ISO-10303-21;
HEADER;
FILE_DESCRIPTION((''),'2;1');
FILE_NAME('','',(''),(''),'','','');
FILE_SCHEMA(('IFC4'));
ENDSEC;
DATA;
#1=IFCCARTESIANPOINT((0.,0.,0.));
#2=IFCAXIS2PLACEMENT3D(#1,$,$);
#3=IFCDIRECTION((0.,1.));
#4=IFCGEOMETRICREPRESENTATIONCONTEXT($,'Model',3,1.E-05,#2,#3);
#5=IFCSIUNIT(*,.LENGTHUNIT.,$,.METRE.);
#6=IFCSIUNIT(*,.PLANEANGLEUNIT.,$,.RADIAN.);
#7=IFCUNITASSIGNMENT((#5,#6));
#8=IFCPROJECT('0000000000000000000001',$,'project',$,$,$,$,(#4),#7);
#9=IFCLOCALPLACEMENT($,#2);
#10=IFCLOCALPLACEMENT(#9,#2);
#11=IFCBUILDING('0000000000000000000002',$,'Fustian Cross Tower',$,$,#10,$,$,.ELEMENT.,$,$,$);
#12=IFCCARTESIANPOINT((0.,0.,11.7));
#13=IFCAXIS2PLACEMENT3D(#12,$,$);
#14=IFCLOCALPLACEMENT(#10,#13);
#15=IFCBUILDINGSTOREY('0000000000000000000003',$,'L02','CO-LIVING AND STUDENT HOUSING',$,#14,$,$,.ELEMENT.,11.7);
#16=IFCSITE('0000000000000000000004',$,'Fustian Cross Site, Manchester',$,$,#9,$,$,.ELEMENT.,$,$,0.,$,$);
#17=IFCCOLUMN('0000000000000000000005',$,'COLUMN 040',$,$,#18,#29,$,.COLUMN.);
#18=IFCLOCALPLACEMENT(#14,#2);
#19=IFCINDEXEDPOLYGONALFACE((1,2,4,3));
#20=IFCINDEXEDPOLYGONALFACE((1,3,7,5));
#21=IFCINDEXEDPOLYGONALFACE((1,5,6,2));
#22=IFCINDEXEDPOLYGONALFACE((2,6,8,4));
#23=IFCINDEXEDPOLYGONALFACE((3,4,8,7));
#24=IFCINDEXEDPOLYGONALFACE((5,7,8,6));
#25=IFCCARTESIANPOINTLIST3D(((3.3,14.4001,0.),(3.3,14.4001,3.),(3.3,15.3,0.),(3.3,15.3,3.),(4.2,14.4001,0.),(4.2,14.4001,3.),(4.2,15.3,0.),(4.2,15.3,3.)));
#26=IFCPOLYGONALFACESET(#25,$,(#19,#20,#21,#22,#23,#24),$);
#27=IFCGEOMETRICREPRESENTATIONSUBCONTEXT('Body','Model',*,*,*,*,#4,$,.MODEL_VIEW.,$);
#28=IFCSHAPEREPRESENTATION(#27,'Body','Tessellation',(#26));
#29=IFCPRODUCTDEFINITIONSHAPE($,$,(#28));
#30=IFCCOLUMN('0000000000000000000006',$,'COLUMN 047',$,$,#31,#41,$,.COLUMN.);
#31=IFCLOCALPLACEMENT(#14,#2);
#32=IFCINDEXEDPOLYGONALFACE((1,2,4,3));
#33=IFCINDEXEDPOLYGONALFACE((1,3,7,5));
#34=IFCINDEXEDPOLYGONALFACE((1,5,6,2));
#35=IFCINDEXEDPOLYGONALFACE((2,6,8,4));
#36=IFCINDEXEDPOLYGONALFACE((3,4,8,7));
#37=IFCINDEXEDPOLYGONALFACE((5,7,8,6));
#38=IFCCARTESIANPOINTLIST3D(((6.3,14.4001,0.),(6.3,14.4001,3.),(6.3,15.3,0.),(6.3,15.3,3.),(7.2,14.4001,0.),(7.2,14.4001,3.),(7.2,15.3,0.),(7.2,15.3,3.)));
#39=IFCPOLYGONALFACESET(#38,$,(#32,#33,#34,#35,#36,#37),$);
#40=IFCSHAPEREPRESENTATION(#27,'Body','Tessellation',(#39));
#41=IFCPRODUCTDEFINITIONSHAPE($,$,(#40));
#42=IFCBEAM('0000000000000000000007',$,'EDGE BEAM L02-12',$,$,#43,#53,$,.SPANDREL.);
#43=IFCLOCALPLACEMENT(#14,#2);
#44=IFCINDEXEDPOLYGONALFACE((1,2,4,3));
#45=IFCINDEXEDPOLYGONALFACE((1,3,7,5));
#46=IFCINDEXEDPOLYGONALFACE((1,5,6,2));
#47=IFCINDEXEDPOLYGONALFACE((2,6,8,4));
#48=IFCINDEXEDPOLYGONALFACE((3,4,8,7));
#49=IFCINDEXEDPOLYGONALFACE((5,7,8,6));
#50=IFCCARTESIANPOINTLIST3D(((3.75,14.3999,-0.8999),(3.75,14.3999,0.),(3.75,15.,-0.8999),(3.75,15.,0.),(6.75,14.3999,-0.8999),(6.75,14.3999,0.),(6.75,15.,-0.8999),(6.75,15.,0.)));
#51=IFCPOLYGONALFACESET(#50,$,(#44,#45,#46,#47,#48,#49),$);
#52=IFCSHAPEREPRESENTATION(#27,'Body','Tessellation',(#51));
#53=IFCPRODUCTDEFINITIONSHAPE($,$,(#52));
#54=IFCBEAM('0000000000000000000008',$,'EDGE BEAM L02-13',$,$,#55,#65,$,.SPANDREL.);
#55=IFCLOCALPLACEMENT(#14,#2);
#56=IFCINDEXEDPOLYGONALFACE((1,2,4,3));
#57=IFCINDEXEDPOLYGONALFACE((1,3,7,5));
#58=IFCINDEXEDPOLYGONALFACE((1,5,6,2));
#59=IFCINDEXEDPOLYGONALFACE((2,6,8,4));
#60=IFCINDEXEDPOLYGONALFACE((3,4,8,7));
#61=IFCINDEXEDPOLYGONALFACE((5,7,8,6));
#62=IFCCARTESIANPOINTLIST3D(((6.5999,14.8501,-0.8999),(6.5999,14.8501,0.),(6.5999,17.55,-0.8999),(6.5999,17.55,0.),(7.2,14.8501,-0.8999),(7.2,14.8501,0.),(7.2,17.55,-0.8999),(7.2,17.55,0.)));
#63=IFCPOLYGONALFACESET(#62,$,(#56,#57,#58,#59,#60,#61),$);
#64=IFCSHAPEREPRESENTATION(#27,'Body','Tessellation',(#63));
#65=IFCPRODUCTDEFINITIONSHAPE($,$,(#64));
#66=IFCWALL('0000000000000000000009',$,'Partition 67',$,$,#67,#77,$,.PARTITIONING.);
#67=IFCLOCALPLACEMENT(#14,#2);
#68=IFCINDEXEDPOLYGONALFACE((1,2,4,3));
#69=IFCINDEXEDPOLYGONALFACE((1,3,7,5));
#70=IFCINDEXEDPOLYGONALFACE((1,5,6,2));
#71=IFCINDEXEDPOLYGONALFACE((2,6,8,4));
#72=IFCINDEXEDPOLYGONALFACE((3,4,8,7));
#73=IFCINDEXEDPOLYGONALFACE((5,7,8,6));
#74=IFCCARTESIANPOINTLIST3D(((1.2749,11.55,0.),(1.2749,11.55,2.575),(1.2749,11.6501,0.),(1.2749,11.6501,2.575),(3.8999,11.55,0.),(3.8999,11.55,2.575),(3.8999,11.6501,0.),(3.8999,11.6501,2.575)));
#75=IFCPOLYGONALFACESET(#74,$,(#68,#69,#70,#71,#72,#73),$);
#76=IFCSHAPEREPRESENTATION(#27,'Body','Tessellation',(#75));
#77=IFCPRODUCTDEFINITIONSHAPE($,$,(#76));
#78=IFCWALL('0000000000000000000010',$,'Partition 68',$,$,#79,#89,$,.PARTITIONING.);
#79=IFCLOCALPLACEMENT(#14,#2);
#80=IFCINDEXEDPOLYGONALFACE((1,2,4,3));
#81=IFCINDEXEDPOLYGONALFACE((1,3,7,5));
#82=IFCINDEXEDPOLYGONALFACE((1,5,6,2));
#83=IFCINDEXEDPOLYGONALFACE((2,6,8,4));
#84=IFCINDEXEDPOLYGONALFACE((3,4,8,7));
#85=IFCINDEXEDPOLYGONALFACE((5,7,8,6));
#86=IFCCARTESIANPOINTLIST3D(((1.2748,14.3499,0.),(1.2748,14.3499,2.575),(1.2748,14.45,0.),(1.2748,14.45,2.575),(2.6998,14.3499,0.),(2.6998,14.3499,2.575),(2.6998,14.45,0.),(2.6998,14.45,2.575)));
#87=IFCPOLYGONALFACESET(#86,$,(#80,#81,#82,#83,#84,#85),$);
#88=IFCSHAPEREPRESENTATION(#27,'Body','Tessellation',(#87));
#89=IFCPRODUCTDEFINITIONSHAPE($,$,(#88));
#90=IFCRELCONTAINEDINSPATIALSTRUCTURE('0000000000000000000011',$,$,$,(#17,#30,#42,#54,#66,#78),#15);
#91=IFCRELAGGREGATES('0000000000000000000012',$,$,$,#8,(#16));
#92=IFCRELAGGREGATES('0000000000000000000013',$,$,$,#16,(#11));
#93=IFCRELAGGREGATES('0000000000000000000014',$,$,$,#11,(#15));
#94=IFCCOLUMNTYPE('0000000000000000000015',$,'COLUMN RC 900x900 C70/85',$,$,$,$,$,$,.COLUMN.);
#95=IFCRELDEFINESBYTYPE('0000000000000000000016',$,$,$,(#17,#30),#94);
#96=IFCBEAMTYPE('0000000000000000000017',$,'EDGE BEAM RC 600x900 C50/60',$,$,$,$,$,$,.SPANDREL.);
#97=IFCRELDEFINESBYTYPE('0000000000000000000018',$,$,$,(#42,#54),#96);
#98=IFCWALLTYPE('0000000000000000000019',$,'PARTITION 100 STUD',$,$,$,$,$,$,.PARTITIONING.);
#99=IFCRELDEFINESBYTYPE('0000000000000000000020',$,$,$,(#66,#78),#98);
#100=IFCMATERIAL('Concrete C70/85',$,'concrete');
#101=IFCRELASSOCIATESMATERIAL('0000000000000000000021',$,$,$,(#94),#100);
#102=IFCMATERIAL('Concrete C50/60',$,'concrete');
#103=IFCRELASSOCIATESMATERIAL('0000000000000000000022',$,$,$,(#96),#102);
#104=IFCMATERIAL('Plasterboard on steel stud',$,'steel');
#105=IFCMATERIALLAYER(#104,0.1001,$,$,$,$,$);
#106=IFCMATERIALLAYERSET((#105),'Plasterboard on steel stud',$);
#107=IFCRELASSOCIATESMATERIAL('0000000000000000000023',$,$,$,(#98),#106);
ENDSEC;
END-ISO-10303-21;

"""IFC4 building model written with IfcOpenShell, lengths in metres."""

from ifc_helpers import new_model, si_unit, direction, frame, frame_2d, origin, origin_2d, place, context, subcontext, project, spatial, rectangle, extrude, material, layer, layer_set, material_profile, profile_set, type_object, element, save


model = new_model("IFC4")

# Units and contexts
model_context = context("Model", 3, precision=1e-05, world=origin(), true_north=direction((0.0, 1.0)))
body_context = subcontext(model_context, "Body", "Model", "MODEL_VIEW")
ifc_project = project(units=[si_unit("LENGTHUNIT", "METRE"), si_unit("PLANEANGLEUNIT", "RADIAN")], contexts=[model_context])

# Site, building, storey
site_placement = place(None, origin())
site = spatial("IfcSite", under=ifc_project, at=site_placement, Name="Fustian Cross Site, Manchester", CompositionType="ELEMENT", RefElevation=0.0)
building_placement = place(site_placement, origin())
building = spatial("IfcBuilding", under=site, at=building_placement, Name="Fustian Cross Tower", CompositionType="ELEMENT")
storey_placement = place(building_placement, frame((0.0, 0.0, 11.7)))
storey = spatial("IfcBuildingStorey", under=building, at=storey_placement, Name="L02", Description="CO-LIVING AND STUDENT HOUSING", CompositionType="ELEMENT", Elevation=11.7)

# Columns
ifc_material_1 = material(Name="Concrete C70/85", Category="concrete")
ifc_material_profile_1 = material_profile(ifc_material_1, rectangle(XDim=0.8999, YDim=0.8999, at=origin_2d()), Name="RC 900x900")
ifc_profile_set_1 = profile_set([ifc_material_profile_1], Name="Concrete C70/85")
column_type = type_object("IfcColumnType", Name="COLUMN RC 900x900 C70/85", PredefinedType="COLUMN", material=ifc_profile_set_1)
for number, where, z_axis, x_axis, name in (
    (1, (3.75, 14.8501, 0.0), (0.0, 0.0, 1.0), (1.0, 0.0, 0.0), "COLUMN 040"),
    (2, (6.75, 14.8501, 0.0), (0.0, 0.0, 1.0), (1.0, 0.0, 0.0), "COLUMN 047"),
):
    element("IfcColumn", number, at=place(storey_placement, frame(where, z_axis=z_axis, x_axis=x_axis)), inside=storey, type_object=column_type, Name=name, PredefinedType="COLUMN", context=body_context, shape_type="SweptSolid", body=[
        extrude(rectangle(XDim=0.8999, YDim=0.8999, at=origin_2d()), origin(), (0.0, 0.0, 1.0), 3.0),
    ])

# Beams
ifc_material_2 = material(Name="Concrete C50/60", Category="concrete")
ifc_material_profile_2 = material_profile(ifc_material_2, rectangle(XDim=0.6001, YDim=0.8999, at=origin_2d()), Name="RC 600x900")
ifc_profile_set_2 = profile_set([ifc_material_profile_2], Name="Concrete C50/60")
beam_type = type_object("IfcBeamType", Name="EDGE BEAM RC 600x900 C50/60", PredefinedType="SPANDREL", material=ifc_profile_set_2)
beam_1_placement = place(storey_placement, frame((3.75, 14.7, -0.45), z_axis=(1.0, 0.0, 0.0), x_axis=(0.0, 1.0, 0.0)))
element("IfcBeam", 3, at=beam_1_placement, inside=storey, type_object=beam_type, Name="EDGE BEAM L02-12", PredefinedType="SPANDREL", context=body_context, shape_type="SweptSolid", body=[
    extrude(rectangle(XDim=0.6001, YDim=0.8999, at=origin_2d()), origin(), (0.0, 0.0, 1.0), 3.0),
])
beam_2_placement = place(storey_placement, frame((6.8999, 14.8501, -0.45), z_axis=(0.0, 1.0, 0.0), x_axis=(-1.0, 0.0, 0.0)))
element("IfcBeam", 4, at=beam_2_placement, inside=storey, type_object=beam_type, Name="EDGE BEAM L02-13", PredefinedType="SPANDREL", context=body_context, shape_type="SweptSolid", body=[
    extrude(rectangle(XDim=0.6001, YDim=0.8999, at=origin_2d()), origin(), (0.0, 0.0, 1.0), 2.7),
])

# Walls
ifc_material_3 = material(Name="Plasterboard on steel stud", Category="steel")
ifc_layer_1 = layer(ifc_material_3, 0.1001)
ifc_layer_set_1 = layer_set([ifc_layer_1], Name="Plasterboard on steel stud")
wall_type_1 = type_object("IfcWallType", Name="PARTITION 100 STUD", PredefinedType="PARTITIONING", material=ifc_layer_set_1)
wall_1_placement = place(storey_placement, frame((1.2749, 11.6001, 0.0), z_axis=(0.0, 0.0, 1.0), x_axis=(1.0, 0.0, 0.0)))
element("IfcWall", 5, at=wall_1_placement, inside=storey, type_object=wall_type_1, Name="Partition 67", PredefinedType="PARTITIONING", context=body_context, shape_type="SweptSolid", body=[
    extrude(rectangle(XDim=2.625, YDim=0.1001, at=frame_2d((1.3125, 0.0))), origin(), (0.0, 0.0, 1.0), 2.575),
])
wall_2_placement = place(storey_placement, frame((1.2749, 14.3999, 0.0), z_axis=(0.0, 0.0, 1.0), x_axis=(1.0, 0.0, 0.0)))
element("IfcWall", 6, at=wall_2_placement, inside=storey, type_object=wall_type_1, Name="Partition 68", PredefinedType="PARTITIONING", context=body_context, shape_type="SweptSolid", body=[
    extrude(rectangle(XDim=1.425, YDim=0.1001, at=frame_2d((0.7124, 0.0))), origin(), (0.0, 0.0, 1.0), 2.575),
])

save(model, "model.ifc")
